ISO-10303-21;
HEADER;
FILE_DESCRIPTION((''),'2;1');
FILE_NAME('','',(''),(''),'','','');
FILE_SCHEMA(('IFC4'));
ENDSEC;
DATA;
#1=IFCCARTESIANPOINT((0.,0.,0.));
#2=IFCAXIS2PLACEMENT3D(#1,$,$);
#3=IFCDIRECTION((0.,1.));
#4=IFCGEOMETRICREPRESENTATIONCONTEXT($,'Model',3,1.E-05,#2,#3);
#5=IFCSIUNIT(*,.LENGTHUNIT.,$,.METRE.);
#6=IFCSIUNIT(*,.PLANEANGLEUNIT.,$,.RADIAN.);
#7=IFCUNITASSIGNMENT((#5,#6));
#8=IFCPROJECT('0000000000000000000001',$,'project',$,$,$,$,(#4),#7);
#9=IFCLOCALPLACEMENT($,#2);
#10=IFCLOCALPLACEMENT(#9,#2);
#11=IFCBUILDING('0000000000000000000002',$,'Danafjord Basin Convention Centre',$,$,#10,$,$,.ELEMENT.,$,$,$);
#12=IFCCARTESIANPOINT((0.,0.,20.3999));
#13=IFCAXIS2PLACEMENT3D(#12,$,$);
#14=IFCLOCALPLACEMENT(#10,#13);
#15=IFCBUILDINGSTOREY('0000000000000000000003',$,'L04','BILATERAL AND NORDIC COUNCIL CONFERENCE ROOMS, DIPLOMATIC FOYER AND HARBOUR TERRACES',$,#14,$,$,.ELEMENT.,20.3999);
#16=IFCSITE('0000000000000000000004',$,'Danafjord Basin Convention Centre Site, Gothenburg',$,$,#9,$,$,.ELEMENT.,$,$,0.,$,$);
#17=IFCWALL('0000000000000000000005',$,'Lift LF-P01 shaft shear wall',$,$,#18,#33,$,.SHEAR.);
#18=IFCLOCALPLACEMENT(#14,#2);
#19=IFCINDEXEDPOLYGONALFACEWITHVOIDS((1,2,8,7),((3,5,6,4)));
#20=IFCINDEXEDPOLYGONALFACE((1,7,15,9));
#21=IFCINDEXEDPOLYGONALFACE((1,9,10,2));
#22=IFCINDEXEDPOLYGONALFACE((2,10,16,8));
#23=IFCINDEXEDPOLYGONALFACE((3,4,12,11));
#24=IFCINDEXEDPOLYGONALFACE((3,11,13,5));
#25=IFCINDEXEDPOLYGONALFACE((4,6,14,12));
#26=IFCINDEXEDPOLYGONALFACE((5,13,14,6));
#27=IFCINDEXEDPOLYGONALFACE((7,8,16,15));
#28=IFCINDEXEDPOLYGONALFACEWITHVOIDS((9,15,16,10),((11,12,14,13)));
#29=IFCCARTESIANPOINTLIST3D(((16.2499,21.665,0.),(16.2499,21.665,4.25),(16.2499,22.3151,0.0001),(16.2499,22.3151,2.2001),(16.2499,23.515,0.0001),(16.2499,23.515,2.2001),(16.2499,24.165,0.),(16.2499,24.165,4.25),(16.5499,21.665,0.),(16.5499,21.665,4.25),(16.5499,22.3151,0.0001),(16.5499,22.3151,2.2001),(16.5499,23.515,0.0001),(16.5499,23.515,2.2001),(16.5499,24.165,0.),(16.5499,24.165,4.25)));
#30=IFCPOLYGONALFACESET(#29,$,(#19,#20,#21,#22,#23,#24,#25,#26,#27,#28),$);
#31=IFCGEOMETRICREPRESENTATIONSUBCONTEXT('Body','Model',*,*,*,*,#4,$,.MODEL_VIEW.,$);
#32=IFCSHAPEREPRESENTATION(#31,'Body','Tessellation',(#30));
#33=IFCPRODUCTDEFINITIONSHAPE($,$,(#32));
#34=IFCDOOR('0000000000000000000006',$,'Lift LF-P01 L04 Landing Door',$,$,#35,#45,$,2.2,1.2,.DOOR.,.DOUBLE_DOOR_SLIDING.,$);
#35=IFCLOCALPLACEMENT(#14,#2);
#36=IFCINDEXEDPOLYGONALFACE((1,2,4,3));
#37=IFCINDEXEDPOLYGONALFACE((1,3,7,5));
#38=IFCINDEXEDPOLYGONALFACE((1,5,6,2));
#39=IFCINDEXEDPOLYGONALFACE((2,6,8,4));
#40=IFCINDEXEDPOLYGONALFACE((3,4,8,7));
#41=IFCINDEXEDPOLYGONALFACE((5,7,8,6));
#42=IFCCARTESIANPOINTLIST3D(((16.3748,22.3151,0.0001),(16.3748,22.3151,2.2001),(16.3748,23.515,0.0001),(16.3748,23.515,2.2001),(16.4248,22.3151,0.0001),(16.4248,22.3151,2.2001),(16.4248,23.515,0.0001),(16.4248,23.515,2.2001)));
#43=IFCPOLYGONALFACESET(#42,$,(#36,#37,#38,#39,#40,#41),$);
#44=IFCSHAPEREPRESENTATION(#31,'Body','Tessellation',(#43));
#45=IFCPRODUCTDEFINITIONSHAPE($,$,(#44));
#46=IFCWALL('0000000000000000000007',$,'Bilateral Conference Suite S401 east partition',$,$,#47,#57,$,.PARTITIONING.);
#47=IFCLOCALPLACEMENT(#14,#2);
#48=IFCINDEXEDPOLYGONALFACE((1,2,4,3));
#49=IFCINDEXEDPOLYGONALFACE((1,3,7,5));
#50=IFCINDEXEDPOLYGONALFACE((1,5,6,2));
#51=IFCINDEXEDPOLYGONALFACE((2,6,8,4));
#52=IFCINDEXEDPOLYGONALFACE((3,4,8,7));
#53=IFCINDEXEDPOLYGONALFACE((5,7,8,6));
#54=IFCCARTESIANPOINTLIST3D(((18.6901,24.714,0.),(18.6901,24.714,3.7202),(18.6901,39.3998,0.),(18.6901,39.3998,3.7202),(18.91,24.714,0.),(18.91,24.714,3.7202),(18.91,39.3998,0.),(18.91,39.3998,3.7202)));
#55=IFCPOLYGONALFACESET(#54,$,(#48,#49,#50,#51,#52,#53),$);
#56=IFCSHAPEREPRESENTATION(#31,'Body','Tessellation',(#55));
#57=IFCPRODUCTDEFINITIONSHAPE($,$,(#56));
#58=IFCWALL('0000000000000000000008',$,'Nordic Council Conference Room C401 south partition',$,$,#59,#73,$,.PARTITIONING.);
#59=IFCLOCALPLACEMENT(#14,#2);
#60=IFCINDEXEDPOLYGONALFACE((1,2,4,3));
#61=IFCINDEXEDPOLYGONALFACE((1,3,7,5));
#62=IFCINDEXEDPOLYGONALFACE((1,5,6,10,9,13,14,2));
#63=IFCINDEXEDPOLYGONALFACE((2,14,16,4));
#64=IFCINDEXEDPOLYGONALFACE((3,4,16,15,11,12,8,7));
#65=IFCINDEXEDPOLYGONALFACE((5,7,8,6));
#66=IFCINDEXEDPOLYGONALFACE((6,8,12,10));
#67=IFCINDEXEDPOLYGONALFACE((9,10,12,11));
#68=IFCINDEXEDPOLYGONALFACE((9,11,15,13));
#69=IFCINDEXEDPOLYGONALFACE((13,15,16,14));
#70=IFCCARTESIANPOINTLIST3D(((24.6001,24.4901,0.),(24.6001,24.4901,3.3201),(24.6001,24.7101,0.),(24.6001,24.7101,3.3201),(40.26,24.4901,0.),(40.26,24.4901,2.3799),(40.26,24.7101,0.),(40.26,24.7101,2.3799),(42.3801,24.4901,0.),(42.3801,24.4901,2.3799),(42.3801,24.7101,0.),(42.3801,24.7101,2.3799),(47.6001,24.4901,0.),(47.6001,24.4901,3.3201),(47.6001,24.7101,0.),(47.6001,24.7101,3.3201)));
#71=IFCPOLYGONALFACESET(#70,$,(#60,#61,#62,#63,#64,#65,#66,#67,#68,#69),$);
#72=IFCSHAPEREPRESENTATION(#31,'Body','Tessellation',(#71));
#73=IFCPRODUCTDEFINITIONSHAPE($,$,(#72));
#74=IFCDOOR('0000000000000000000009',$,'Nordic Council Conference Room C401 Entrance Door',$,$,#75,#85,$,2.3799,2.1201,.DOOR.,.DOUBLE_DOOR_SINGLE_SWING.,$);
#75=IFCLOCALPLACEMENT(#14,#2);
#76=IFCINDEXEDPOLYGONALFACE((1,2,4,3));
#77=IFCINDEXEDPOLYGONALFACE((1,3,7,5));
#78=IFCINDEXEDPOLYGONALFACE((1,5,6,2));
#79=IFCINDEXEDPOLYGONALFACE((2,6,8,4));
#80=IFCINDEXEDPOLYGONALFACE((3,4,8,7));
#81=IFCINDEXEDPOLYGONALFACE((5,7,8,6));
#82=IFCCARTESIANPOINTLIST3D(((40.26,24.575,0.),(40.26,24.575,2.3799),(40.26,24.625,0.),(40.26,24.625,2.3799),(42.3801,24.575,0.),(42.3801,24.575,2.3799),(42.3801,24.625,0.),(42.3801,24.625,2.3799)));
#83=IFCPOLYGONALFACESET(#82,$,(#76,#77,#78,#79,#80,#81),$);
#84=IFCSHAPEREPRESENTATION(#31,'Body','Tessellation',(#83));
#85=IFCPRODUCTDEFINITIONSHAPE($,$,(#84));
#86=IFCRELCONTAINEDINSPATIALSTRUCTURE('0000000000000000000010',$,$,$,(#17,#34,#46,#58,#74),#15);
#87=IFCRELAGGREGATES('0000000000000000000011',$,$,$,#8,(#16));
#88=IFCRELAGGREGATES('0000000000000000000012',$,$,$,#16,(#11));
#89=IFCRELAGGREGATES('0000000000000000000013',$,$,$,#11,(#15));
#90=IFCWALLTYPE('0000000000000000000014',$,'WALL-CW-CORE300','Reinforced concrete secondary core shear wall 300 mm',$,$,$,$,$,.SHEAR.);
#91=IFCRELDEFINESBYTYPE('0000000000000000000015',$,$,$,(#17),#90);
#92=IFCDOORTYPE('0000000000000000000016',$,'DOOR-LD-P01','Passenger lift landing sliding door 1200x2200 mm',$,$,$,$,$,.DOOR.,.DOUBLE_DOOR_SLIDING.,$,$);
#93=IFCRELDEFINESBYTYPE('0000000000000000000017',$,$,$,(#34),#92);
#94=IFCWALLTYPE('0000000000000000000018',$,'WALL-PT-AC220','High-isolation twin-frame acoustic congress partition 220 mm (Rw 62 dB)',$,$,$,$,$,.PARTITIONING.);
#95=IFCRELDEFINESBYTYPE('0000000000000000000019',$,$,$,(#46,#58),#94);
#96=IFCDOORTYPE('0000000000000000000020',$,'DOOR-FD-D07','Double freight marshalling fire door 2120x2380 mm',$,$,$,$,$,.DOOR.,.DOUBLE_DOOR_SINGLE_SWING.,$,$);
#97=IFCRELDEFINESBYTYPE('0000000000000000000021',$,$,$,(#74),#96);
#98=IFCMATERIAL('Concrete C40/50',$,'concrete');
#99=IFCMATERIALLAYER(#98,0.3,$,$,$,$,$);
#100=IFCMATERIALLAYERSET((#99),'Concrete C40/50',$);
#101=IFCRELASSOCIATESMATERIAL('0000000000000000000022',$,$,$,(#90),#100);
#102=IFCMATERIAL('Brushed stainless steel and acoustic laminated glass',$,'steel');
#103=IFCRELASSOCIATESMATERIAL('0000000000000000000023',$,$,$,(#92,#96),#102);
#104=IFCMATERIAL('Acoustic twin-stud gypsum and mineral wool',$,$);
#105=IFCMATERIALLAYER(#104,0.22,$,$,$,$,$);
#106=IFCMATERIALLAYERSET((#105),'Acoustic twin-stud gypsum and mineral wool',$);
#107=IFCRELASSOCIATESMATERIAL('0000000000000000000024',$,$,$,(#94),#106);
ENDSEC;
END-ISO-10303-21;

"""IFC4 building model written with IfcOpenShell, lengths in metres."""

from ifc_helpers import new_model, si_unit, direction, frame, frame_2d, origin, place, context, subcontext, project, spatial, rectangle, extrude, material, layer, layer_set, type_object, element, fill, save


model = new_model("IFC4")

# Units and contexts
model_context = context("Model", 3, precision=1e-05, world=origin(), true_north=direction((0.0, 1.0)))
body_context = subcontext(model_context, "Body", "Model", "MODEL_VIEW")
ifc_project = project(units=[si_unit("LENGTHUNIT", "METRE"), si_unit("PLANEANGLEUNIT", "RADIAN")], contexts=[model_context])

# Site, building, storey
site_placement = place(None, origin())
site = spatial("IfcSite", under=ifc_project, at=site_placement, Name="Danafjord Basin Convention Centre Site, Gothenburg", CompositionType="ELEMENT", RefElevation=0.0)
building_placement = place(site_placement, origin())
building = spatial("IfcBuilding", under=site, at=building_placement, Name="Danafjord Basin Convention Centre", CompositionType="ELEMENT")
storey_placement = place(building_placement, frame((0.0, 0.0, 20.3999)))
storey = spatial("IfcBuildingStorey", under=building, at=storey_placement, Name="L04", Description="BILATERAL AND NORDIC COUNCIL CONFERENCE ROOMS, DIPLOMATIC FOYER AND HARBOUR TERRACES", CompositionType="ELEMENT", Elevation=20.3999)

# Shared definitions
ifc_material_1 = material(Name="Concrete C40/50", Category="concrete")
ifc_layer_1 = layer(ifc_material_1, 0.3)
ifc_layer_set_1 = layer_set([ifc_layer_1], Name="Concrete C40/50")
wall_type_1 = type_object("IfcWallType", Name="WALL-CW-CORE300", Description="Reinforced concrete secondary core shear wall 300 mm", PredefinedType="SHEAR", material=ifc_layer_set_1)

# Wall, opening, door
wall_1_placement = place(storey_placement, frame((16.3999, 24.165, 0.0), z_axis=(0.0, 0.0, 1.0), x_axis=(0.0, -1.0, 0.0)))
wall_1 = element("IfcWall", 1, at=wall_1_placement, inside=storey, type_object=wall_type_1, Name="Lift LF-P01 shaft shear wall", PredefinedType="SHEAR", context=body_context, shape_type="SweptSolid", body=[
    extrude(rectangle(XDim=2.5, YDim=0.3, at=frame_2d((1.25, 0.0))), origin(), (0.0, 0.0, 1.0), 4.25),
])
opening_1_placement = place(wall_1_placement, frame((0.6499, 0.0, 0.0)))
opening_1 = element("IfcOpeningElement", 2, at=opening_1_placement, cuts=wall_1, PredefinedType="OPENING", context=body_context, shape_type="SweptSolid", body=[
    extrude(rectangle(XDim=1.2, YDim=2.2, at=frame_2d((0.6001, 1.1001))), frame((0.0, 0.1599, 0.0), z_axis=(0.0, -1.0, 0.0), x_axis=(1.0, 0.0, 0.0)), (0.0, 0.0, 1.0), 0.3201),
])
ifc_material_2 = material(Name="Brushed stainless steel and acoustic laminated glass", Category="steel")
door_type_1 = type_object("IfcDoorType", Name="DOOR-LD-P01", Description="Passenger lift landing sliding door 1200x2200 mm", OperationType="DOUBLE_DOOR_SLIDING", PredefinedType="DOOR", material=ifc_material_2)
door_1_placement = place(opening_1_placement, origin())
door_1 = element("IfcDoor", 3, at=door_1_placement, inside=storey, type_object=door_type_1, Name="Lift LF-P01 L04 Landing Door", OperationType="DOUBLE_DOOR_SLIDING", OverallHeight=2.2, OverallWidth=1.2, PredefinedType="DOOR", context=body_context, shape_type="SweptSolid", body=[
    extrude(rectangle(XDim=1.2, YDim=2.2, at=frame_2d((0.6001, 1.1001))), frame((0.0, 0.0249, 0.0), z_axis=(0.0, -1.0, 0.0), x_axis=(1.0, 0.0, 0.0)), (0.0, 0.0, 1.0), 0.05),
])
fill(opening_1, door_1)

# Wall
ifc_material_3 = material(Name="Acoustic twin-stud gypsum and mineral wool")
ifc_layer_2 = layer(ifc_material_3, 0.22)
ifc_layer_set_2 = layer_set([ifc_layer_2], Name="Acoustic twin-stud gypsum and mineral wool")
wall_type_2 = type_object("IfcWallType", Name="WALL-PT-AC220", Description="High-isolation twin-frame acoustic congress partition 220 mm (Rw 62 dB)", PredefinedType="PARTITIONING", material=ifc_layer_set_2)
wall_2_placement = place(storey_placement, frame((18.8, 24.7141, 0.0), z_axis=(0.0, 0.0, 1.0), x_axis=(0.0, 1.0, 0.0)))
element("IfcWall", 4, at=wall_2_placement, inside=storey, type_object=wall_type_2, Name="Bilateral Conference Suite S401 east partition", PredefinedType="PARTITIONING", context=body_context, shape_type="SweptSolid", body=[
    extrude(rectangle(XDim=14.6858, YDim=0.22, at=frame_2d((7.3428, 0.0))), origin(), (0.0, 0.0, 1.0), 3.7202),
])

# Wall, opening, door
wall_3_placement = place(storey_placement, frame((24.6001, 24.6001, 0.0), z_axis=(0.0, 0.0, 1.0), x_axis=(1.0, 0.0, 0.0)))
wall_3 = element("IfcWall", 5, at=wall_3_placement, inside=storey, type_object=wall_type_2, Name="Nordic Council Conference Room C401 south partition", PredefinedType="PARTITIONING", context=body_context, shape_type="SweptSolid", body=[
    extrude(rectangle(XDim=23.0, YDim=0.22, at=frame_2d((11.5, 0.0))), origin(), (0.0, 0.0, 1.0), 3.3201),
])
opening_2_placement = place(wall_3_placement, frame((15.6599, 0.0, 0.0)))
opening_2 = element("IfcOpeningElement", 6, at=opening_2_placement, cuts=wall_3, PredefinedType="OPENING", context=body_context, shape_type="SweptSolid", body=[
    extrude(rectangle(XDim=2.1201, YDim=2.3799, at=frame_2d((1.0601, 1.1899))), frame((0.0, 0.1199, 0.0), z_axis=(0.0, -1.0, 0.0), x_axis=(1.0, 0.0, 0.0)), (0.0, 0.0, 1.0), 0.24),
])
door_type_2 = type_object("IfcDoorType", Name="DOOR-FD-D07", Description="Double freight marshalling fire door 2120x2380 mm", OperationType="DOUBLE_DOOR_SINGLE_SWING", PredefinedType="DOOR", material=ifc_material_2)
door_2_placement = place(opening_2_placement, origin())
door_2 = element("IfcDoor", 7, at=door_2_placement, inside=storey, type_object=door_type_2, Name="Nordic Council Conference Room C401 Entrance Door", OperationType="DOUBLE_DOOR_SINGLE_SWING", OverallHeight=2.3799, OverallWidth=2.1201, PredefinedType="DOOR", context=body_context, shape_type="SweptSolid", body=[
    extrude(rectangle(XDim=2.1201, YDim=2.3799, at=frame_2d((1.0601, 1.1899))), frame((0.0, 0.0249, 0.0), z_axis=(0.0, -1.0, 0.0), x_axis=(1.0, 0.0, 0.0)), (0.0, 0.0, 1.0), 0.05),
])
fill(opening_2, door_2)

save(model, "model.ifc")
